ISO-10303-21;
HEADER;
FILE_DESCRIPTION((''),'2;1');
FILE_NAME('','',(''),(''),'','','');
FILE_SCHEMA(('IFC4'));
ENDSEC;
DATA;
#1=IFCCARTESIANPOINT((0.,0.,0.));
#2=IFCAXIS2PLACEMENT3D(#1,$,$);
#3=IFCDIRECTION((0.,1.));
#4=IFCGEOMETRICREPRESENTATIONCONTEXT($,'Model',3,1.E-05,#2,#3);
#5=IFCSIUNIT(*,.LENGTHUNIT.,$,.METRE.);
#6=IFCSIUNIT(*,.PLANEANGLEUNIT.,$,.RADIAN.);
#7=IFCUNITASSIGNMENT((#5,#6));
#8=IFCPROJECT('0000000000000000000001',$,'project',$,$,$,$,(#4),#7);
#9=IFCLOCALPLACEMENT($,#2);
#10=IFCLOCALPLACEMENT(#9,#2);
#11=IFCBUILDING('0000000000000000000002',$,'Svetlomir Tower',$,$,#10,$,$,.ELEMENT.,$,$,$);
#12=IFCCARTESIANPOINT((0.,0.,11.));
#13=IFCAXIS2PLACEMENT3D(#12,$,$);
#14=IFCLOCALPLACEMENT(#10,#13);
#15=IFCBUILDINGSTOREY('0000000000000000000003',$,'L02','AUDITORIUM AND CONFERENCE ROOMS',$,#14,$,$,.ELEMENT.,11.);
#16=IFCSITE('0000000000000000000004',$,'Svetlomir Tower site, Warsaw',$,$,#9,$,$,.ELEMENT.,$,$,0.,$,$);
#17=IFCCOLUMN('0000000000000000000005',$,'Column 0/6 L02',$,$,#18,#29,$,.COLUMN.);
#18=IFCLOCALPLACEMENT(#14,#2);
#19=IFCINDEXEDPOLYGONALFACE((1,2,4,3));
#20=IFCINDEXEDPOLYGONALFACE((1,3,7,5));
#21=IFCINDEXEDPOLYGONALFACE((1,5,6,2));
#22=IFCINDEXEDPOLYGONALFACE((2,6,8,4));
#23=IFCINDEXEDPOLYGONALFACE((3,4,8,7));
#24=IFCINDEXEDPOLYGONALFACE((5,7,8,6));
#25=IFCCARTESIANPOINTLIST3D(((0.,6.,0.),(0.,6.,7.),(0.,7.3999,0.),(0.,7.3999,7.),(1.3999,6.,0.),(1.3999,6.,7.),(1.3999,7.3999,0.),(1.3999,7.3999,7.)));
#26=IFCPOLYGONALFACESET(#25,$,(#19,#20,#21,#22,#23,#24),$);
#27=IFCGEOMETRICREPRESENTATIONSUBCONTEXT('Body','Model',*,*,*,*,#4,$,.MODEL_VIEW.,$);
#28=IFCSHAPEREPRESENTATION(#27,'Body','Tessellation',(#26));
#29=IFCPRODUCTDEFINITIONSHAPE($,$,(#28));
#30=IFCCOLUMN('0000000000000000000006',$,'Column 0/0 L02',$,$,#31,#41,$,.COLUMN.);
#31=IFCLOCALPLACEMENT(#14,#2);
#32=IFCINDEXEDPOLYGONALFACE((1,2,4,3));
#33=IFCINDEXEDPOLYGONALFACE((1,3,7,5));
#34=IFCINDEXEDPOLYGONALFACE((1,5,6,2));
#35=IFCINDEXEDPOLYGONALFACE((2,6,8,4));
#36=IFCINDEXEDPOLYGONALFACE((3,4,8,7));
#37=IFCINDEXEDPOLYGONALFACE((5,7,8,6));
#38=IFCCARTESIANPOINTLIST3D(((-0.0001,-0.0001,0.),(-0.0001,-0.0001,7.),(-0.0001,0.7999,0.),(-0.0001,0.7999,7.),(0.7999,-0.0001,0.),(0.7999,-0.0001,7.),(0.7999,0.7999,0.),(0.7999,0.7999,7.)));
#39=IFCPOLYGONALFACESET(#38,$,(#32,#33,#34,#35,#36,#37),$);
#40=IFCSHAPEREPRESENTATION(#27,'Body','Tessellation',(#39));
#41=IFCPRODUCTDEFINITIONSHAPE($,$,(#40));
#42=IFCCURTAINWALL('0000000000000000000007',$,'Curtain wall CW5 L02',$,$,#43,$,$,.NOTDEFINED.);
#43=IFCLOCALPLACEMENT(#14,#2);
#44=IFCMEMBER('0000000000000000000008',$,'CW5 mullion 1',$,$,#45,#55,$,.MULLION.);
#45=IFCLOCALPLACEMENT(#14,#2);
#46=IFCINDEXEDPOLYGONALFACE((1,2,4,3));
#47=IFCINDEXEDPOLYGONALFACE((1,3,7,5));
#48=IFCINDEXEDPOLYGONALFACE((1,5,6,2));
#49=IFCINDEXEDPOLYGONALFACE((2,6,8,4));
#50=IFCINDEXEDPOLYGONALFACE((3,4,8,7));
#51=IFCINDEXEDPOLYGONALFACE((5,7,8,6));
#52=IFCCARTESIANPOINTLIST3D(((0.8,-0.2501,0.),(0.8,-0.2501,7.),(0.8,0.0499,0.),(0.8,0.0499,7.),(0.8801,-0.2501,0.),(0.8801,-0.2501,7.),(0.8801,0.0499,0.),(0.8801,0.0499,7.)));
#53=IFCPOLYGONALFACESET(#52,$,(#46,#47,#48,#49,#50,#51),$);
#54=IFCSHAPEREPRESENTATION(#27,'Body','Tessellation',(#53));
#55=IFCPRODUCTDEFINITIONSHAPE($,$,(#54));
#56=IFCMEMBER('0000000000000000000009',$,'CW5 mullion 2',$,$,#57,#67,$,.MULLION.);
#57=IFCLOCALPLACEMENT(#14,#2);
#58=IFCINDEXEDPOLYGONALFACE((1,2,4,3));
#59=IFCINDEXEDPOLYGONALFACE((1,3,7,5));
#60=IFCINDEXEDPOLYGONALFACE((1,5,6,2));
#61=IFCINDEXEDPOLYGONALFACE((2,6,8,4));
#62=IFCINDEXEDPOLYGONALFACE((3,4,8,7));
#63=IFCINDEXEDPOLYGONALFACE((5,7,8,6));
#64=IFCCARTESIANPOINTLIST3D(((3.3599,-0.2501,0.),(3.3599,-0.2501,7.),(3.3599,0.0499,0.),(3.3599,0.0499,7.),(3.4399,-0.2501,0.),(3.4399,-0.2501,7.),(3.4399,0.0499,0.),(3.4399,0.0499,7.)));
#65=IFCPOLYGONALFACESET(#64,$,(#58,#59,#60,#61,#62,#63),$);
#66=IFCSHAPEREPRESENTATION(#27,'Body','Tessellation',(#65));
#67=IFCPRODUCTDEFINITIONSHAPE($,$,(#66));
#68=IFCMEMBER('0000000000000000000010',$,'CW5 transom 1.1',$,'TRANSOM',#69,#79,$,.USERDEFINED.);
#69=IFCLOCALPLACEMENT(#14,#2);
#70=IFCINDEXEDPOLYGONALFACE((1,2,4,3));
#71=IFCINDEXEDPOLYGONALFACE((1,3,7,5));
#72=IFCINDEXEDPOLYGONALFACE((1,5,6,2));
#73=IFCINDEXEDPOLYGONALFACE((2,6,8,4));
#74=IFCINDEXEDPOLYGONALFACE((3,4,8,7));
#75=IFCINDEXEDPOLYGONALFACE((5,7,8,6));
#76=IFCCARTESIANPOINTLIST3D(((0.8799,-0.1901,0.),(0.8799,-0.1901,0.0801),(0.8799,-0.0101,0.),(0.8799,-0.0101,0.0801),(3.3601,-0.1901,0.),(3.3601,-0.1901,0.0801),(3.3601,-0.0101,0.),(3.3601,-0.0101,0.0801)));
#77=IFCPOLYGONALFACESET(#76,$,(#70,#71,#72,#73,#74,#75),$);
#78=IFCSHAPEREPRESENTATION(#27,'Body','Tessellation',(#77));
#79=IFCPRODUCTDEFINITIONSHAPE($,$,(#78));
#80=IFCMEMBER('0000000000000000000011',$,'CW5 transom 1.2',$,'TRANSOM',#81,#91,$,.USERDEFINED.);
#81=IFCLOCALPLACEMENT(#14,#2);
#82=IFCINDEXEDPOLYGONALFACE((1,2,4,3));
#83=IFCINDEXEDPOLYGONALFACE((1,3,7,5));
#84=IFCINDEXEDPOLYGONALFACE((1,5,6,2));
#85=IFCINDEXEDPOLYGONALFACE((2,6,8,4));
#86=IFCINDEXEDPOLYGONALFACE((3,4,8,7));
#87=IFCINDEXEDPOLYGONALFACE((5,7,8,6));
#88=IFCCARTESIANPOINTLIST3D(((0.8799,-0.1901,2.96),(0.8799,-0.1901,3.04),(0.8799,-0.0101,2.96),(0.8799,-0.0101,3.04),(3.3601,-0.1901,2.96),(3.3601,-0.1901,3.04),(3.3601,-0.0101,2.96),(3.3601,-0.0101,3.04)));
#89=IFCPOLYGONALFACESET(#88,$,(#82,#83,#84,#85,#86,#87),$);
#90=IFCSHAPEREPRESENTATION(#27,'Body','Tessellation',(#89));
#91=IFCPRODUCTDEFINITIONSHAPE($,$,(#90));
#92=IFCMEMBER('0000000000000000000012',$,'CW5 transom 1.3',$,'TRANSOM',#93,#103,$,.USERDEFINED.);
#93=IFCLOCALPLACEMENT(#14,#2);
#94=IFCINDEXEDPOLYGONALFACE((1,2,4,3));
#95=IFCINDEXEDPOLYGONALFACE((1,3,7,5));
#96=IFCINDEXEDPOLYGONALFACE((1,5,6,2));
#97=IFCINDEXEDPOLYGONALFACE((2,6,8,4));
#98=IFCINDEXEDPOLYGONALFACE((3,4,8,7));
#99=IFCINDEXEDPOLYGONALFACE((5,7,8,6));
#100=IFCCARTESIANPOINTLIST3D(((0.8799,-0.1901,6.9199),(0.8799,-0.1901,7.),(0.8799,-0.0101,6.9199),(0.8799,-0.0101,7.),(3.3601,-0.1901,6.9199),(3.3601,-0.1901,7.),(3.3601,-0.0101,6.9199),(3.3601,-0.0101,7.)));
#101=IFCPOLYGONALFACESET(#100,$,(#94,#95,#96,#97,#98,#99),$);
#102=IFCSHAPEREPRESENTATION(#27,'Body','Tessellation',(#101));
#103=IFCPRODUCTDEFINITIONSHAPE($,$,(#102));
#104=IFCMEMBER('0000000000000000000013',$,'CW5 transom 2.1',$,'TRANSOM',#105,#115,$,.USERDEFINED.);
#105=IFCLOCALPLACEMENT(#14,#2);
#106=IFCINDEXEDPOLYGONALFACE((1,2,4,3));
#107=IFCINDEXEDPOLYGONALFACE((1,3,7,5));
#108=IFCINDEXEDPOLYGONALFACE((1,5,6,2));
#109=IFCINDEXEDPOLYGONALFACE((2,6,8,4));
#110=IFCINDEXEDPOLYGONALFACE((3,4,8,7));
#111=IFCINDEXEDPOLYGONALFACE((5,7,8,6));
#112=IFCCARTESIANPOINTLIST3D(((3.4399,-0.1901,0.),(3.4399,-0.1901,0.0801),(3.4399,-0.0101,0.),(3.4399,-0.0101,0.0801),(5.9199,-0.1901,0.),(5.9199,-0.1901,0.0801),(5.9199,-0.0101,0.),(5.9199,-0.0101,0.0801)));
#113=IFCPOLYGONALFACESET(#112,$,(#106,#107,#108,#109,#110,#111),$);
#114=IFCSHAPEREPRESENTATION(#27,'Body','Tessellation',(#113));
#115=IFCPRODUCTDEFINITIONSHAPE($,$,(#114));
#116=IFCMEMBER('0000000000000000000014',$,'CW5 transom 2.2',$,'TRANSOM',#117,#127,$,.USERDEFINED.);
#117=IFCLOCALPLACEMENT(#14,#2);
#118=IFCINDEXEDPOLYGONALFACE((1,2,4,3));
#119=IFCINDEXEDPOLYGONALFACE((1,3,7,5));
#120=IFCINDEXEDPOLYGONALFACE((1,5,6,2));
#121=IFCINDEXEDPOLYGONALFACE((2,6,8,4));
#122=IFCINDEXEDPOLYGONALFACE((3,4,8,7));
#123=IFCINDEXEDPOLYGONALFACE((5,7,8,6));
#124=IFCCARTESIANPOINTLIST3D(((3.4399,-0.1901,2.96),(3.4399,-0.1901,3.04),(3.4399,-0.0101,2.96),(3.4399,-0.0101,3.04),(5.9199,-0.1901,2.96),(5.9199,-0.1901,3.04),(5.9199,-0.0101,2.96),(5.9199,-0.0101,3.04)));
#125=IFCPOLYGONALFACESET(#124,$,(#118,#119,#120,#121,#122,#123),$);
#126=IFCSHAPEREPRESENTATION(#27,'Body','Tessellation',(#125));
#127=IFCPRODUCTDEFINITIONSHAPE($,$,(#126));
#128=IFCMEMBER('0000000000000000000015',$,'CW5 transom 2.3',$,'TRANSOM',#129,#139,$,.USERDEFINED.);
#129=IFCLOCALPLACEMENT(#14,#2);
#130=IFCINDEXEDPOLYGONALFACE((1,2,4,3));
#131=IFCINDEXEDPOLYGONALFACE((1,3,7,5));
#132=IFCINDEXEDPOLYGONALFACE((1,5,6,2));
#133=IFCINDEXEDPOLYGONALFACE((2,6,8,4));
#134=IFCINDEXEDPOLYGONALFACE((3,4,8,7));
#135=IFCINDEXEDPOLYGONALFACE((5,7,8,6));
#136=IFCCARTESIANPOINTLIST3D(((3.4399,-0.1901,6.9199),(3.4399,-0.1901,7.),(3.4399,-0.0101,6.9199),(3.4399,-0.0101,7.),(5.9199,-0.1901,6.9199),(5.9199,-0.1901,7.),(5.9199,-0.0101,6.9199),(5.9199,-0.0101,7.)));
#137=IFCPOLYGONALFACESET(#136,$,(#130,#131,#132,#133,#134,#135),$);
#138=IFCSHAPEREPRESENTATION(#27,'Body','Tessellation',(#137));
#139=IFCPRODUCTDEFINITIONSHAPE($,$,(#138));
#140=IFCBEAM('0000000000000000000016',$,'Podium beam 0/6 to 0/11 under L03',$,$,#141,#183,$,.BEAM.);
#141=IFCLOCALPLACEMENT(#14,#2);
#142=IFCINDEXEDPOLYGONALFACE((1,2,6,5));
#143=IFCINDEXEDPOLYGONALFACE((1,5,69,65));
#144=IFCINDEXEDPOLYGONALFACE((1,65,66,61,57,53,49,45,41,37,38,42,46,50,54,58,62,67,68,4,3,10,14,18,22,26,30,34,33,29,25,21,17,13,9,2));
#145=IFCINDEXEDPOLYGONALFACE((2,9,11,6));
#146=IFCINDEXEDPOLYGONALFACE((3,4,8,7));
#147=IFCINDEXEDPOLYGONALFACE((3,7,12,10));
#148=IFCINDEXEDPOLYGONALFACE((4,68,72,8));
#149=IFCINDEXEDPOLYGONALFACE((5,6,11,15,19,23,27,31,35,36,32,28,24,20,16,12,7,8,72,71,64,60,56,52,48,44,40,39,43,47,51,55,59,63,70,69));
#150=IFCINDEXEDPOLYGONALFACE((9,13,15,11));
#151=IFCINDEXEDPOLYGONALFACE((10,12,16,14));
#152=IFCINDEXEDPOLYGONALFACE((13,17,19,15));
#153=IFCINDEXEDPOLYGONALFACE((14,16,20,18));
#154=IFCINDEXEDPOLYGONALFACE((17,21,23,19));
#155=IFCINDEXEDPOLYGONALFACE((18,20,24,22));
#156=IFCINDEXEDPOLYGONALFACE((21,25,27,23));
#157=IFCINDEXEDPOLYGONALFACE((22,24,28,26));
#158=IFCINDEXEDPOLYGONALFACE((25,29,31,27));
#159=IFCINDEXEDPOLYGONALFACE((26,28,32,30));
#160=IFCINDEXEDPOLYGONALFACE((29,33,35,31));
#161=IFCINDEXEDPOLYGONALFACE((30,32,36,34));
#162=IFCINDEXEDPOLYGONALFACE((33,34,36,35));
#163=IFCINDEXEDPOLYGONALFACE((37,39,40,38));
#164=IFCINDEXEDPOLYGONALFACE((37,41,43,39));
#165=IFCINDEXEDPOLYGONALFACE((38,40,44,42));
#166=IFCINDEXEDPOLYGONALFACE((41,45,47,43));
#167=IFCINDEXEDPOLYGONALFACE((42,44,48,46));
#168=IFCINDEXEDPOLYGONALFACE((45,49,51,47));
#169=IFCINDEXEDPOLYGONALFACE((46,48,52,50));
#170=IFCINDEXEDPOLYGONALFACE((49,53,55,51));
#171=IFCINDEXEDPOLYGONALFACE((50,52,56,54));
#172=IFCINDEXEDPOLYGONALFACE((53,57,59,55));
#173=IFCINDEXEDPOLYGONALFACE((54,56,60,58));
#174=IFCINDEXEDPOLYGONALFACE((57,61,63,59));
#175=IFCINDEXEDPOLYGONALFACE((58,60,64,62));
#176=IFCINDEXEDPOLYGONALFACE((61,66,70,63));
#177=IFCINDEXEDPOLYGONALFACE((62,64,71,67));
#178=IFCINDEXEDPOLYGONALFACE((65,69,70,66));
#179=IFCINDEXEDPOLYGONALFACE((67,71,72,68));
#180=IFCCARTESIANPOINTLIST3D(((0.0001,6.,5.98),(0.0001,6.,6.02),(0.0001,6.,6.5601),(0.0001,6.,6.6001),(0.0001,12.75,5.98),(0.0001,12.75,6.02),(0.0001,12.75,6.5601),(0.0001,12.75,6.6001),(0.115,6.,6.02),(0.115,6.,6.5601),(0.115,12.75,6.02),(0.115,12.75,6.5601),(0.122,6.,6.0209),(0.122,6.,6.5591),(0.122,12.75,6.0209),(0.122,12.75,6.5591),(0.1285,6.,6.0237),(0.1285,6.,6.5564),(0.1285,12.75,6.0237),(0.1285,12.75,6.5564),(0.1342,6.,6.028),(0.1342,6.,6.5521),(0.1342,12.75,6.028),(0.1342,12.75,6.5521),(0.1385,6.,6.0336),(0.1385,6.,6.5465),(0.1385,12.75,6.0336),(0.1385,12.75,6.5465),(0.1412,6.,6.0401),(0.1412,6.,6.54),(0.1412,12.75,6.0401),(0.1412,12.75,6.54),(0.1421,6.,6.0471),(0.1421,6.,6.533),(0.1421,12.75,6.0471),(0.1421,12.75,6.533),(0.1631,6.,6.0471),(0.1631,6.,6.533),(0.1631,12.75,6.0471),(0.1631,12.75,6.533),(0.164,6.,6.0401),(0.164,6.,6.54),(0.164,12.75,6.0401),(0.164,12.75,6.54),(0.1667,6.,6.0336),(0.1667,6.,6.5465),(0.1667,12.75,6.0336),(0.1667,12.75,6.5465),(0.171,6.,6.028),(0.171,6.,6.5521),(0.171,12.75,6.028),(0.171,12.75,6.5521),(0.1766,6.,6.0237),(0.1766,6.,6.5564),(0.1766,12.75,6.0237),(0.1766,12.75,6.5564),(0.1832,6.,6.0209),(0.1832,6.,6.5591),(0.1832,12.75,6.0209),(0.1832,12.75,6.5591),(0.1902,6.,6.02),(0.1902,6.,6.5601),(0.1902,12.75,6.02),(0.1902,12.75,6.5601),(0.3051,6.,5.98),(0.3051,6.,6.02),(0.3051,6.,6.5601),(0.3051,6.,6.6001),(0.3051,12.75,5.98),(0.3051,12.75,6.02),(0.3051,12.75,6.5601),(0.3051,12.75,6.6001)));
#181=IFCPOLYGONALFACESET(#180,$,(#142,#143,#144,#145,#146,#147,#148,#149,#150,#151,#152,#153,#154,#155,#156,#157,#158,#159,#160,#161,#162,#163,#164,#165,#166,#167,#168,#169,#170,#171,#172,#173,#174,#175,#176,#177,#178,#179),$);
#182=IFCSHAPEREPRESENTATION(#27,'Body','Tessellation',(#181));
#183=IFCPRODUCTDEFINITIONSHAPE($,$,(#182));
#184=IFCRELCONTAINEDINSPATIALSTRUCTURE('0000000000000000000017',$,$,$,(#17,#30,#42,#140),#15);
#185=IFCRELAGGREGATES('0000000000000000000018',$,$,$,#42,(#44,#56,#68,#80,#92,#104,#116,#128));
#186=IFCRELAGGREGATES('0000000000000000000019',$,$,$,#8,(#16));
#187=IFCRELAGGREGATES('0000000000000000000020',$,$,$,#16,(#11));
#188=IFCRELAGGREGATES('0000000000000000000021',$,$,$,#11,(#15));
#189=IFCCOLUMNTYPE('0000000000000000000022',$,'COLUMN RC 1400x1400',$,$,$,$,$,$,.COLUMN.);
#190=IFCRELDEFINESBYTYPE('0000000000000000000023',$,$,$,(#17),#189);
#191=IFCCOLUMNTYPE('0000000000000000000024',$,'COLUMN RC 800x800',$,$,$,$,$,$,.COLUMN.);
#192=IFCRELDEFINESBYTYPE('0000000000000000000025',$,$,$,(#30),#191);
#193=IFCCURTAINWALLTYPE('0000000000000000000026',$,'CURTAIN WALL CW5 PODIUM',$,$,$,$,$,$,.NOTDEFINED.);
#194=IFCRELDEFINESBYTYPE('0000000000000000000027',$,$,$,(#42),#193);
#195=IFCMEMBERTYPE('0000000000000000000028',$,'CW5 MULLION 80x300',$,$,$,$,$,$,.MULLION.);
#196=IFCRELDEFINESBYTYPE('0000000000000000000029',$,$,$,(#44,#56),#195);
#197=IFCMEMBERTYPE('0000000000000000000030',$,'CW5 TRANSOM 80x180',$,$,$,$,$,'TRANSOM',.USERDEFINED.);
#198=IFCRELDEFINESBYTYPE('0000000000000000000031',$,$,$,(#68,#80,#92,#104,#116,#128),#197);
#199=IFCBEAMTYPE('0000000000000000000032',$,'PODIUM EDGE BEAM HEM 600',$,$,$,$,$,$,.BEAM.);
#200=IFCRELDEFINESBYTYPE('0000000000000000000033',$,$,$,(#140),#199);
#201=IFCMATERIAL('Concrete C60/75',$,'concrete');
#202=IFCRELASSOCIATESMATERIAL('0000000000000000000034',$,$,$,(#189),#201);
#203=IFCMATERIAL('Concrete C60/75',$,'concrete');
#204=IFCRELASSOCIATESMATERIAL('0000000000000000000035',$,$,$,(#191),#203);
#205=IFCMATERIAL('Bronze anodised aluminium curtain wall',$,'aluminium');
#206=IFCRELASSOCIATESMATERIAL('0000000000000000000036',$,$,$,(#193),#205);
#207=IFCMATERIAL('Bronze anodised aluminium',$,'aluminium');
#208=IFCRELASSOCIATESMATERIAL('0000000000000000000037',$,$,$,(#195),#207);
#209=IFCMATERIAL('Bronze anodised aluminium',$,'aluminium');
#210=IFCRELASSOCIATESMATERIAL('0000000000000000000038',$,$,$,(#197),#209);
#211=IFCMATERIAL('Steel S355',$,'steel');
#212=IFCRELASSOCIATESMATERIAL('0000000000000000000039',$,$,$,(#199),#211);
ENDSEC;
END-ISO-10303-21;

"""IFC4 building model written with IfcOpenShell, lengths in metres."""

from ifc_helpers import new_model, si_unit, direction, frame, origin, origin_2d, place, context, subcontext, project, spatial, rectangle, i_section, extrude, material, material_profile, profile_set, type_object, element, aggregate, save


model = new_model("IFC4")

# Units and contexts
model_context = context("Model", 3, precision=1e-05, world=origin(), true_north=direction((0.0, 1.0)))
body_context = subcontext(model_context, "Body", "Model", "MODEL_VIEW")
ifc_project = project(units=[si_unit("LENGTHUNIT", "METRE"), si_unit("PLANEANGLEUNIT", "RADIAN")], contexts=[model_context])

# Site, building, storey
site_placement = place(None, origin())
site = spatial("IfcSite", under=ifc_project, at=site_placement, Name="Svetlomir Tower site, Warsaw", CompositionType="ELEMENT", RefElevation=0.0)
building_placement = place(site_placement, origin())
building = spatial("IfcBuilding", under=site, at=building_placement, Name="Svetlomir Tower", CompositionType="ELEMENT")
storey_placement = place(building_placement, frame((0.0, 0.0, 11.0)))
storey = spatial("IfcBuildingStorey", under=building, at=storey_placement, Name="L02", Description="AUDITORIUM AND CONFERENCE ROOMS", CompositionType="ELEMENT", Elevation=11.0)

# Columns
ifc_material_1 = material(Name="Concrete C60/75", Category="concrete")
ifc_material_profile_1 = material_profile(ifc_material_1, rectangle(XDim=1.3999, YDim=1.3999, at=origin_2d()), Name="RC 1400x1400")
ifc_profile_set_1 = profile_set([ifc_material_profile_1], Name="Concrete C60/75")
column_type_1 = type_object("IfcColumnType", Name="COLUMN RC 1400x1400", PredefinedType="COLUMN", material=ifc_profile_set_1)
column_1_placement = place(storey_placement, frame((0.7, 6.7, 0.0), z_axis=(0.0, 0.0, 1.0), x_axis=(1.0, 0.0, 0.0)))
element("IfcColumn", 1, at=column_1_placement, inside=storey, type_object=column_type_1, Name="Column 0/6 L02", PredefinedType="COLUMN", context=body_context, shape_type="SweptSolid", body=[
    extrude(rectangle(XDim=1.3999, YDim=1.3999, at=origin_2d()), origin(), (0.0, 0.0, 1.0), 7.0),
])
ifc_material_2 = material(Name="Concrete C60/75", Category="concrete")
ifc_material_profile_2 = material_profile(ifc_material_2, rectangle(XDim=0.8, YDim=0.8, at=origin_2d()), Name="RC 800x800")
ifc_profile_set_2 = profile_set([ifc_material_profile_2], Name="Concrete C60/75")
column_type_2 = type_object("IfcColumnType", Name="COLUMN RC 800x800", PredefinedType="COLUMN", material=ifc_profile_set_2)
column_2_placement = place(storey_placement, frame((0.3999, 0.3999, 0.0), z_axis=(0.0, 0.0, 1.0), x_axis=(1.0, 0.0, 0.0)))
element("IfcColumn", 2, at=column_2_placement, inside=storey, type_object=column_type_2, Name="Column 0/0 L02", PredefinedType="COLUMN", context=body_context, shape_type="SweptSolid", body=[
    extrude(rectangle(XDim=0.8, YDim=0.8, at=origin_2d()), origin(), (0.0, 0.0, 1.0), 7.0),
])

# Curtain wall, members
ifc_material_3 = material(Name="Bronze anodised aluminium curtain wall", Category="aluminium")
curtain_wall_type = type_object("IfcCurtainWallType", Name="CURTAIN WALL CW5 PODIUM", PredefinedType="NOTDEFINED", material=ifc_material_3)
curtain_wall_placement = place(storey_placement, origin())
curtain_wall = element("IfcCurtainWall", 3, at=curtain_wall_placement, inside=storey, type_object=curtain_wall_type, Name="Curtain wall CW5 L02", PredefinedType="NOTDEFINED")
ifc_material_4 = material(Name="Bronze anodised aluminium", Category="aluminium")
ifc_material_profile_3 = material_profile(ifc_material_4, rectangle(XDim=0.0801, YDim=0.3, at=origin_2d()), Name="AL 80x300")
ifc_profile_set_3 = profile_set([ifc_material_profile_3], Name="Bronze anodised aluminium 6063-T6")
member_type_1 = type_object("IfcMemberType", Name="CW5 MULLION 80x300", PredefinedType="MULLION", material=ifc_profile_set_3)
member_1_placement = place(storey_placement, frame((0.8401, -0.1001, 0.0), z_axis=(0.0, 0.0, 1.0), x_axis=(1.0, 0.0, 0.0)))
member_1 = element("IfcMember", 4, at=member_1_placement, type_object=member_type_1, Name="CW5 mullion 1", PredefinedType="MULLION", context=body_context, shape_type="SweptSolid", body=[
    extrude(rectangle(XDim=0.0801, YDim=0.3, at=origin_2d()), origin(), (0.0, 0.0, 1.0), 7.0),
])
member_2_placement = place(storey_placement, frame((3.3999, -0.1001, 0.0), z_axis=(0.0, 0.0, 1.0), x_axis=(1.0, 0.0, 0.0)))
member_2 = element("IfcMember", 5, at=member_2_placement, type_object=member_type_1, Name="CW5 mullion 2", PredefinedType="MULLION", context=body_context, shape_type="SweptSolid", body=[
    extrude(rectangle(XDim=0.0801, YDim=0.3, at=origin_2d()), origin(), (0.0, 0.0, 1.0), 7.0),
])
ifc_material_5 = material(Name="Bronze anodised aluminium", Category="aluminium")
ifc_material_profile_4 = material_profile(ifc_material_5, rectangle(XDim=0.1799, YDim=0.0801, at=origin_2d()), Name="AL 180x80")
ifc_profile_set_4 = profile_set([ifc_material_profile_4], Name="Bronze anodised aluminium 6063-T6")
member_type_2 = type_object("IfcMemberType", Name="CW5 TRANSOM 80x180", ElementType="TRANSOM", PredefinedType="USERDEFINED", material=ifc_profile_set_4)
member_3_placement = place(storey_placement, frame((0.8799, -0.1001, 0.04), z_axis=(1.0, 0.0, 0.0), x_axis=(0.0, 1.0, 0.0)))
member_3 = element("IfcMember", 6, at=member_3_placement, type_object=member_type_2, Name="CW5 transom 1.1", ObjectType="TRANSOM", PredefinedType="USERDEFINED", context=body_context, shape_type="SweptSolid", body=[
    extrude(rectangle(XDim=0.1799, YDim=0.0801, at=origin_2d()), origin(), (0.0, 0.0, 1.0), 2.4802),
])
member_4_placement = place(storey_placement, frame((0.8799, -0.1001, 3.0), z_axis=(1.0, 0.0, 0.0), x_axis=(0.0, 1.0, 0.0)))
member_4 = element("IfcMember", 7, at=member_4_placement, type_object=member_type_2, Name="CW5 transom 1.2", ObjectType="TRANSOM", PredefinedType="USERDEFINED", context=body_context, shape_type="SweptSolid", body=[
    extrude(rectangle(XDim=0.1799, YDim=0.0801, at=origin_2d()), origin(), (0.0, 0.0, 1.0), 2.4802),
])
member_5_placement = place(storey_placement, frame((0.8799, -0.1001, 6.96), z_axis=(1.0, 0.0, 0.0), x_axis=(0.0, 1.0, 0.0)))
member_5 = element("IfcMember", 8, at=member_5_placement, type_object=member_type_2, Name="CW5 transom 1.3", ObjectType="TRANSOM", PredefinedType="USERDEFINED", context=body_context, shape_type="SweptSolid", body=[
    extrude(rectangle(XDim=0.1799, YDim=0.0801, at=origin_2d()), origin(), (0.0, 0.0, 1.0), 2.4802),
])
member_6_placement = place(storey_placement, frame((3.4399, -0.1001, 0.04), z_axis=(1.0, 0.0, 0.0), x_axis=(0.0, 1.0, 0.0)))
member_6 = element("IfcMember", 9, at=member_6_placement, type_object=member_type_2, Name="CW5 transom 2.1", ObjectType="TRANSOM", PredefinedType="USERDEFINED", context=body_context, shape_type="SweptSolid", body=[
    extrude(rectangle(XDim=0.1799, YDim=0.0801, at=origin_2d()), origin(), (0.0, 0.0, 1.0), 2.48),
])
member_7_placement = place(storey_placement, frame((3.4399, -0.1001, 3.0), z_axis=(1.0, 0.0, 0.0), x_axis=(0.0, 1.0, 0.0)))
member_7 = element("IfcMember", 10, at=member_7_placement, type_object=member_type_2, Name="CW5 transom 2.2", ObjectType="TRANSOM", PredefinedType="USERDEFINED", context=body_context, shape_type="SweptSolid", body=[
    extrude(rectangle(XDim=0.1799, YDim=0.0801, at=origin_2d()), origin(), (0.0, 0.0, 1.0), 2.48),
])
member_8_placement = place(storey_placement, frame((3.4399, -0.1001, 6.96), z_axis=(1.0, 0.0, 0.0), x_axis=(0.0, 1.0, 0.0)))
member_8 = element("IfcMember", 11, at=member_8_placement, type_object=member_type_2, Name="CW5 transom 2.3", ObjectType="TRANSOM", PredefinedType="USERDEFINED", context=body_context, shape_type="SweptSolid", body=[
    extrude(rectangle(XDim=0.1799, YDim=0.0801, at=origin_2d()), origin(), (0.0, 0.0, 1.0), 2.48),
])

# Beam
ifc_material_6 = material(Name="Steel S355", Category="steel")
ifc_material_profile_5 = material_profile(ifc_material_6, i_section(OverallWidth=0.3049, OverallDepth=0.6201, WebThickness=0.021, FlangeThickness=0.04, FilletRadius=0.0271, at=origin_2d()), Name="HEM 600")
ifc_profile_set_5 = profile_set([ifc_material_profile_5], Name="Steel S355")
beam_type = type_object("IfcBeamType", Name="PODIUM EDGE BEAM HEM 600", PredefinedType="BEAM", material=ifc_profile_set_5)
beam_placement = place(storey_placement, frame((0.1526, 6.0, 6.29), z_axis=(0.0, 1.0, 0.0), x_axis=(-1.0, 0.0, 0.0)))
element("IfcBeam", 12, at=beam_placement, inside=storey, type_object=beam_type, Name="Podium beam 0/6 to 0/11 under L03", PredefinedType="BEAM", context=body_context, shape_type="SweptSolid", body=[
    extrude(i_section(OverallWidth=0.3049, OverallDepth=0.6201, WebThickness=0.021, FlangeThickness=0.04, FilletRadius=0.0271, at=origin_2d()), origin(), (0.0, 0.0, 1.0), 6.75),
])

aggregate(curtain_wall, [member_1, member_2, member_3, member_4, member_5, member_6, member_7, member_8])

save(model, "model.ifc")
